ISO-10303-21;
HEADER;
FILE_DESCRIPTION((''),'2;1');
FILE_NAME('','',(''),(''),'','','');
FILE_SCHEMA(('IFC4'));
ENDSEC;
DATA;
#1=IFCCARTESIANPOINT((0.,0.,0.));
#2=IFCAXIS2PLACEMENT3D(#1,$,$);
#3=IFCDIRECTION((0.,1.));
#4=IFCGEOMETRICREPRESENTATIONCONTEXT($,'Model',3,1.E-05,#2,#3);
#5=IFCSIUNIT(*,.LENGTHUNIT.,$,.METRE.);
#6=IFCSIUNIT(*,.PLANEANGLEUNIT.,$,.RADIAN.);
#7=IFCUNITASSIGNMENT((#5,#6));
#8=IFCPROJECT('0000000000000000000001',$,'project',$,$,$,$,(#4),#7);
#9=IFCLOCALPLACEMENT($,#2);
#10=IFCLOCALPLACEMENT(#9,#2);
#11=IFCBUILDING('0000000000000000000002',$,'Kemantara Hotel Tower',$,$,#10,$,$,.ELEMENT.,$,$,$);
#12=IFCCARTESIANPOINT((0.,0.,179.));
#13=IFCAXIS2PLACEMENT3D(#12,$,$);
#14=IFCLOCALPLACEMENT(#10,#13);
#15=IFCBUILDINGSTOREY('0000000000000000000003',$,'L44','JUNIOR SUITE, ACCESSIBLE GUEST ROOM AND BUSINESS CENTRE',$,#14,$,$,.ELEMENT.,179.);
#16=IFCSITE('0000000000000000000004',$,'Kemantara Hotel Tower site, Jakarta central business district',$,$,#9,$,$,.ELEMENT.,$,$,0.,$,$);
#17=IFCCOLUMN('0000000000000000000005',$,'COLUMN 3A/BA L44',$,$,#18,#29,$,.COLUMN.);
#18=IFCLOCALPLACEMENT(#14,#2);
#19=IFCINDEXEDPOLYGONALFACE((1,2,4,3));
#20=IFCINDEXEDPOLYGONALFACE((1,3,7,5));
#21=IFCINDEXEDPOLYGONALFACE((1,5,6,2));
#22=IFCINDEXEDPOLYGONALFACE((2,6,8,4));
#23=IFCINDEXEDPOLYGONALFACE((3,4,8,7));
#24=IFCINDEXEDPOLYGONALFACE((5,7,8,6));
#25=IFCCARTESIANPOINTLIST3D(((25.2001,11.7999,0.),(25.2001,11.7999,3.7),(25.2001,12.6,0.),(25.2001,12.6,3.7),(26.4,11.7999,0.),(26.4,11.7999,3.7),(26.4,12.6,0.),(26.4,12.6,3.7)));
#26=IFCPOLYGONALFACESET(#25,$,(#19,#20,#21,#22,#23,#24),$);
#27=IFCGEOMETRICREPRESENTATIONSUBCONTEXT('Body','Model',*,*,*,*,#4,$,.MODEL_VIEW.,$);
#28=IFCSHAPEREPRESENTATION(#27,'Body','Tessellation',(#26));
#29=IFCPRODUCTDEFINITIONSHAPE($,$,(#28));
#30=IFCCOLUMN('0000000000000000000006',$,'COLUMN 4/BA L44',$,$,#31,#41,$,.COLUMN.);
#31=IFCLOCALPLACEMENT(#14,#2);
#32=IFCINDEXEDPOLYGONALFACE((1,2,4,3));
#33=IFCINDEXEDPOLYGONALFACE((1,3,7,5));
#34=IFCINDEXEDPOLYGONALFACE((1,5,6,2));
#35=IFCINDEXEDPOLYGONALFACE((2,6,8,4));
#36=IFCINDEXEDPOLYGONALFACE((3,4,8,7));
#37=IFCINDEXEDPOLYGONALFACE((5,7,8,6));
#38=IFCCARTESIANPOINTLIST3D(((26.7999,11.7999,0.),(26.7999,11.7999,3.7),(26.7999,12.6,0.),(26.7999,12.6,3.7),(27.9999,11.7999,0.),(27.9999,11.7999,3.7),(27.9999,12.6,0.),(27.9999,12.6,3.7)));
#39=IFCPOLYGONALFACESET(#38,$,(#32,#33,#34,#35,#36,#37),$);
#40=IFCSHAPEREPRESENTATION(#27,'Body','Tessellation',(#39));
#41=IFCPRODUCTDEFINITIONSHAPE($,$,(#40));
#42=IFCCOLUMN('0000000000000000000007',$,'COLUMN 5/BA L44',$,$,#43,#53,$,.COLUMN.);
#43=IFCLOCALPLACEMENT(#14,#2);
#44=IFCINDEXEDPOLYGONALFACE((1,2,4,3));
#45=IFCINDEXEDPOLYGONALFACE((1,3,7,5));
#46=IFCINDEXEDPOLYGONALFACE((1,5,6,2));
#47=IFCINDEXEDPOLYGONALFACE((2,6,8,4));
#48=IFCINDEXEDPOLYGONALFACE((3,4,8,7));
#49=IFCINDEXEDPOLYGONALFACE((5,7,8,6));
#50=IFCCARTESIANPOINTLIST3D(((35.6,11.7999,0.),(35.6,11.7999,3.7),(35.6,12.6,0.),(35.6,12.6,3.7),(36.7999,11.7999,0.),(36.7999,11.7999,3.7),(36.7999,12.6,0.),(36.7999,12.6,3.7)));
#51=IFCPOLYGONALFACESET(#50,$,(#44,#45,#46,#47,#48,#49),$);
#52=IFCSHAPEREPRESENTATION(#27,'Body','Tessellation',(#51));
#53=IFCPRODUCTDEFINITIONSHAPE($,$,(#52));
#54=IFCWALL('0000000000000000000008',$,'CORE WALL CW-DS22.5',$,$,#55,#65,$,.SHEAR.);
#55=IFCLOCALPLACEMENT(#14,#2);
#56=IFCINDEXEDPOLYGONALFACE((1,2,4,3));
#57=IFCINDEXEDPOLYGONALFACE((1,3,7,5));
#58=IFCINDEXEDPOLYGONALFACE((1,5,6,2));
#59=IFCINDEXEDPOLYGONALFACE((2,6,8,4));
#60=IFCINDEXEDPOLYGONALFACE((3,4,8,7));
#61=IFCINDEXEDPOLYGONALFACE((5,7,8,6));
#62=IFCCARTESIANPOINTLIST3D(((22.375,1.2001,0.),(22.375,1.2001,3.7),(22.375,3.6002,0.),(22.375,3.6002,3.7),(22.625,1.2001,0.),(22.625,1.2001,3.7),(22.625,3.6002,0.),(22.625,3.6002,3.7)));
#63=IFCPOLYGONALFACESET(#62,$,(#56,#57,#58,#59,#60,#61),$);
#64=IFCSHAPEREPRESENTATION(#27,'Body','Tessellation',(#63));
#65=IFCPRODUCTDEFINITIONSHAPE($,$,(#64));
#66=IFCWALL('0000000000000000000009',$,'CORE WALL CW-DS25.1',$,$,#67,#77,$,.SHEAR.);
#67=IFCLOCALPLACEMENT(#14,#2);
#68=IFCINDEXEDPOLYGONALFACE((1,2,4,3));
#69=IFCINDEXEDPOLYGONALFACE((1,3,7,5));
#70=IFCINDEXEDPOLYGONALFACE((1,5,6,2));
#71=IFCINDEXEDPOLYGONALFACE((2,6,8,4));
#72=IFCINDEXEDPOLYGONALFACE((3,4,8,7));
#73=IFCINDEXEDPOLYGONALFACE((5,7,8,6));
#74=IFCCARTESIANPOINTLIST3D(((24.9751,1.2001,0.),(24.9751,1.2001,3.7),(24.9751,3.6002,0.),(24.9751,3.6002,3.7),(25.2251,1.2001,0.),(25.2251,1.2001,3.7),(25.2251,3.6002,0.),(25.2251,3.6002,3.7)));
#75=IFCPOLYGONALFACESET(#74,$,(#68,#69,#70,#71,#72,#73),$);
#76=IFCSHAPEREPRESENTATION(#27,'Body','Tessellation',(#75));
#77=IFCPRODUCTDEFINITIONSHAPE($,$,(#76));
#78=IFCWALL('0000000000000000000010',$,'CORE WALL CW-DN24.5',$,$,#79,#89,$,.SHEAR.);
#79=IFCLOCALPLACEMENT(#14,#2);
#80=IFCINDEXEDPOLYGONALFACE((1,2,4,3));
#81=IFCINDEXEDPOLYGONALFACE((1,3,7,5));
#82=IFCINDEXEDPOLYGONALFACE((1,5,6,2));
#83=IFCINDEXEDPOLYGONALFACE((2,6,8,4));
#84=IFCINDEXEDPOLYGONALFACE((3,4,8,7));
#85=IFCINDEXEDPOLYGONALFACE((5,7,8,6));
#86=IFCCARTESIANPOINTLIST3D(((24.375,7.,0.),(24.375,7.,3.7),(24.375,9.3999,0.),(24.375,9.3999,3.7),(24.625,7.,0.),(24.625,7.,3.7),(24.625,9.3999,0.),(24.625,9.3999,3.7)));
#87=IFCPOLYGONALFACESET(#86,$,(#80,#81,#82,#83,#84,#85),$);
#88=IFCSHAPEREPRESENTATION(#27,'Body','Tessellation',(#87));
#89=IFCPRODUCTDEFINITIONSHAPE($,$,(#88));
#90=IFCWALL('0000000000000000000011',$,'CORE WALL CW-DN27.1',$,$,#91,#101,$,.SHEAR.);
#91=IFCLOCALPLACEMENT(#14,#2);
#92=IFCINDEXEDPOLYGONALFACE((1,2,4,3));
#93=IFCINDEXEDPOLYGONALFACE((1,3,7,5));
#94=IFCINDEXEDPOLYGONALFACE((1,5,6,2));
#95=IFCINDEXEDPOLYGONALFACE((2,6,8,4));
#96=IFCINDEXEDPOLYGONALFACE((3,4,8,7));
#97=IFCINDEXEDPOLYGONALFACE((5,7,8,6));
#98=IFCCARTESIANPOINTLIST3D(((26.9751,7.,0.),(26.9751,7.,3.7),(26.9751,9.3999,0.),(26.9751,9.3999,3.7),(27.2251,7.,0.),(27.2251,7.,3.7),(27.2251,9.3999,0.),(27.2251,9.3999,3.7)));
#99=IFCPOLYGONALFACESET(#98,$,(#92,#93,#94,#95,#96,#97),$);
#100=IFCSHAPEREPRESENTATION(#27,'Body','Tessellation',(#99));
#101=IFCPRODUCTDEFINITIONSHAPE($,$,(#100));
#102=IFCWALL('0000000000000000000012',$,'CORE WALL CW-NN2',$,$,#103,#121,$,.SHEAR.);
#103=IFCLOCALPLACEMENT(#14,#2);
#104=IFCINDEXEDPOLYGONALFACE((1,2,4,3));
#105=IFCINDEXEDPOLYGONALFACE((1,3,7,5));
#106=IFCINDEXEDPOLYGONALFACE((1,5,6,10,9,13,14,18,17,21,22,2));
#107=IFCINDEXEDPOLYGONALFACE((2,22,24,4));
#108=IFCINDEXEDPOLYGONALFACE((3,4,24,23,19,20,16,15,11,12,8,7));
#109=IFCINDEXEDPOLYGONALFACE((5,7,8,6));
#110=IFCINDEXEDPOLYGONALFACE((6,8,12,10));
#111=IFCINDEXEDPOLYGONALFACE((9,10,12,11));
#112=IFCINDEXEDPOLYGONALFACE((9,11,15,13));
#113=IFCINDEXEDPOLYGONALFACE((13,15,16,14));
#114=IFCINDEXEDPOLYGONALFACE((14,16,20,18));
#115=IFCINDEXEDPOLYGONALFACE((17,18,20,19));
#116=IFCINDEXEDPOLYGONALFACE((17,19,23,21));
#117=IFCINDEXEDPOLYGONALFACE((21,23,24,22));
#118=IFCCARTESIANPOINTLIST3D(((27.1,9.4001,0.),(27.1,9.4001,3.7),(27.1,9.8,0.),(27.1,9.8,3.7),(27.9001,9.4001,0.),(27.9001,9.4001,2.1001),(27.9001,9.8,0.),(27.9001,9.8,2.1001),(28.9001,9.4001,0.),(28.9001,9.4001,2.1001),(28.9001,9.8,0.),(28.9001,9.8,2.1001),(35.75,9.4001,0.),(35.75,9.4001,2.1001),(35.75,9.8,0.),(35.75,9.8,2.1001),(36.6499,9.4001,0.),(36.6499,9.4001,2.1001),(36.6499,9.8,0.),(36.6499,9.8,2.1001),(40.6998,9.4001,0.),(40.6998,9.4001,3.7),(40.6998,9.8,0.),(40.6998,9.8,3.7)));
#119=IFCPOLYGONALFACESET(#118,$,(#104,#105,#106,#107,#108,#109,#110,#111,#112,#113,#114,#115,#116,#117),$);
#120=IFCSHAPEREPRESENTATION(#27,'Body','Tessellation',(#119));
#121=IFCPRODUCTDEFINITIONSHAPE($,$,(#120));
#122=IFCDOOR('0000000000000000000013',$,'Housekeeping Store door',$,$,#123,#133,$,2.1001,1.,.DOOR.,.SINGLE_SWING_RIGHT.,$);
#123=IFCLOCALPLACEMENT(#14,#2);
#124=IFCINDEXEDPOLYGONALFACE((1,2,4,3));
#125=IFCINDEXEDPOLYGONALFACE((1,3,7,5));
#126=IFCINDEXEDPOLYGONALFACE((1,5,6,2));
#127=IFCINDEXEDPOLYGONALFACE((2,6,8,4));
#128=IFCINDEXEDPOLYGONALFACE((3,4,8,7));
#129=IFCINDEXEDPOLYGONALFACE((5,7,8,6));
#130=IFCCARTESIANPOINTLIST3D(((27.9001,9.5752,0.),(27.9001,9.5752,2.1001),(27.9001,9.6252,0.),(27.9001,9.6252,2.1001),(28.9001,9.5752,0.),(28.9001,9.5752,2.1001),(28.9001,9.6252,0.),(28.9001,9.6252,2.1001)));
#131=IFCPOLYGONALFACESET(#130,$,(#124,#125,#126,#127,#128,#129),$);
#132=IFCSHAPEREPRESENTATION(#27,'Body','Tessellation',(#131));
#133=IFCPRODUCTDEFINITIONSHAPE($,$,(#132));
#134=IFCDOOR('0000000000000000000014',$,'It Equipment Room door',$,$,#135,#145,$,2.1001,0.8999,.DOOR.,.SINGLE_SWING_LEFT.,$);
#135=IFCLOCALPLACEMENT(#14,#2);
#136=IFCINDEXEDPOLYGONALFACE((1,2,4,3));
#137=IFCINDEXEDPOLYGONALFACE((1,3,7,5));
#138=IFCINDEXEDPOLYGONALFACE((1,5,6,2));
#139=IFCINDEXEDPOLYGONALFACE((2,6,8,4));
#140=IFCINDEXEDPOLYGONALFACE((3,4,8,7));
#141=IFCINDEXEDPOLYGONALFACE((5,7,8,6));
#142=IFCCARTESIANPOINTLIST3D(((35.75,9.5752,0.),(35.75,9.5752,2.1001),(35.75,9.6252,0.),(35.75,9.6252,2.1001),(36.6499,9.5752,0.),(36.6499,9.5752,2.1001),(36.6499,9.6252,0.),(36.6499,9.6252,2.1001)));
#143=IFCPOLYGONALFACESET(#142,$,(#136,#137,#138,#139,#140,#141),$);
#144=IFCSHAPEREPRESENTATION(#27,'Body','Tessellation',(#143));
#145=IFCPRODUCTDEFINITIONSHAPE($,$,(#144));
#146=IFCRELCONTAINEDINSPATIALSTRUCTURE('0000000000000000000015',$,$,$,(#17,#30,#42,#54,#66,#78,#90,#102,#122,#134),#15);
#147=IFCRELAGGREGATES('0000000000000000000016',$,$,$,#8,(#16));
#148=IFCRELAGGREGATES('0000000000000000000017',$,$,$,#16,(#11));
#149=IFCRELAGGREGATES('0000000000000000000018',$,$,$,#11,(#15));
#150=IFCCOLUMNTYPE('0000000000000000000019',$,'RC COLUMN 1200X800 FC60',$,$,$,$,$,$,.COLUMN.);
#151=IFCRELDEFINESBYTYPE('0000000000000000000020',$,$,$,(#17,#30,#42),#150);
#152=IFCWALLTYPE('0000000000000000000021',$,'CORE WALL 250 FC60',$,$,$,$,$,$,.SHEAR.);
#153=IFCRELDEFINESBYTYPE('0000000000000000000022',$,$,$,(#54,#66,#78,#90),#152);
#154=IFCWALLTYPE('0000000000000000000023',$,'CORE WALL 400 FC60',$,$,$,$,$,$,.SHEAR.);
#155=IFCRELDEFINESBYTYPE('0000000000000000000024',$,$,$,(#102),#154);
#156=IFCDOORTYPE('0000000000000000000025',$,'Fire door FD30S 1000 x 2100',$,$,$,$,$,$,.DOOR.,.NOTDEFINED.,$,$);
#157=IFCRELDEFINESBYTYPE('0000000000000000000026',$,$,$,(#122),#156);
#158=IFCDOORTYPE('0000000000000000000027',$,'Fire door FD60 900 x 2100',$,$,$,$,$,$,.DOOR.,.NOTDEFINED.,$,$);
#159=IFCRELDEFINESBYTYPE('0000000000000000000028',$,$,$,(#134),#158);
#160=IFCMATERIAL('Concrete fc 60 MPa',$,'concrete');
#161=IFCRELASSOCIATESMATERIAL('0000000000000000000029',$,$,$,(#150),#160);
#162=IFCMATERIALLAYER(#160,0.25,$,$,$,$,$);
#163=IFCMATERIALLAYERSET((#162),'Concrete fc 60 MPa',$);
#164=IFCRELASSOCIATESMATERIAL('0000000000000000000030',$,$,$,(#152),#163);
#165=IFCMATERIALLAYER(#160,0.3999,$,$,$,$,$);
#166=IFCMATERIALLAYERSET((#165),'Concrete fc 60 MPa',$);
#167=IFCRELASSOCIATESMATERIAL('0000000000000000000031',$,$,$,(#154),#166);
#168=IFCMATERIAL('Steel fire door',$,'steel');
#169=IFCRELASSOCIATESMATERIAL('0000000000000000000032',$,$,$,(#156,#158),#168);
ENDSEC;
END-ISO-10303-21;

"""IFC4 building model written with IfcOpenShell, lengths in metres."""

from ifc_helpers import new_model, si_unit, direction, frame, frame_2d, origin, origin_2d, place, context, subcontext, project, spatial, rectangle, extrude, material, layer, layer_set, material_profile, profile_set, type_object, element, fill, save


model = new_model("IFC4")

# Units and contexts
model_context = context("Model", 3, precision=1e-05, world=origin(), true_north=direction((0.0, 1.0)))
body_context = subcontext(model_context, "Body", "Model", "MODEL_VIEW")
ifc_project = project(units=[si_unit("LENGTHUNIT", "METRE"), si_unit("PLANEANGLEUNIT", "RADIAN")], contexts=[model_context])

# Site, building, storey
site_placement = place(None, origin())
site = spatial("IfcSite", under=ifc_project, at=site_placement, Name="Kemantara Hotel Tower site, Jakarta central business district", CompositionType="ELEMENT", RefElevation=0.0)
building_placement = place(site_placement, origin())
building = spatial("IfcBuilding", under=site, at=building_placement, Name="Kemantara Hotel Tower", CompositionType="ELEMENT")
storey_placement = place(building_placement, frame((0.0, 0.0, 179.0)))
storey = spatial("IfcBuildingStorey", under=building, at=storey_placement, Name="L44", Description="JUNIOR SUITE, ACCESSIBLE GUEST ROOM AND BUSINESS CENTRE", CompositionType="ELEMENT", Elevation=179.0)

# Columns
ifc_material_1 = material(Name="Concrete fc 60 MPa", Category="concrete")
ifc_material_profile = material_profile(ifc_material_1, rectangle(XDim=1.2, YDim=0.8, at=origin_2d()), Name="RC 1200X800")
ifc_profile_set = profile_set([ifc_material_profile], Name="Concrete fc 60 MPa")
column_type = type_object("IfcColumnType", Name="RC COLUMN 1200X800 FC60", PredefinedType="COLUMN", material=ifc_profile_set)
for number, where, z_axis, x_axis, name in (
    (1, (25.8, 12.2, 0.0), (0.0, 0.0, 1.0), (1.0, 0.0, 0.0), "COLUMN 3A/BA L44"),
    (2, (27.3999, 12.2, 0.0), (0.0, 0.0, 1.0), (1.0, 0.0, 0.0), "COLUMN 4/BA L44"),
    (3, (36.2, 12.2, 0.0), (0.0, 0.0, 1.0), (1.0, 0.0, 0.0), "COLUMN 5/BA L44"),
):
    element("IfcColumn", number, at=place(storey_placement, frame(where, z_axis=z_axis, x_axis=x_axis)), inside=storey, type_object=column_type, Name=name, PredefinedType="COLUMN", context=body_context, shape_type="SweptSolid", body=[
        extrude(rectangle(XDim=1.2, YDim=0.8, at=origin_2d()), origin(), (0.0, 0.0, 1.0), 3.7),
    ])

# Walls
ifc_layer_1 = layer(ifc_material_1, 0.25)
ifc_layer_set_1 = layer_set([ifc_layer_1], Name="Concrete fc 60 MPa")
wall_type_1 = type_object("IfcWallType", Name="CORE WALL 250 FC60", PredefinedType="SHEAR", material=ifc_layer_set_1)
for number, where, z_axis, x_axis, name in (
    (4, (22.5, 1.2, 0.0), (0.0, 0.0, 1.0), (0.0, 1.0, 0.0), "CORE WALL CW-DS22.5"),
    (5, (25.1001, 1.2, 0.0), (0.0, 0.0, 1.0), (0.0, 1.0, 0.0), "CORE WALL CW-DS25.1"),
):
    element("IfcWall", number, at=place(storey_placement, frame(where, z_axis=z_axis, x_axis=x_axis)), inside=storey, type_object=wall_type_1, Name=name, PredefinedType="SHEAR", context=body_context, shape_type="SweptSolid", body=[
        extrude(rectangle(XDim=2.4001, YDim=0.25, at=frame_2d((1.2002, 0.0))), origin(), (0.0, 0.0, 1.0), 3.7),
    ])
for number, where, z_axis, x_axis, name in (
    (6, (24.5, 7.0, 0.0), (0.0, 0.0, 1.0), (0.0, 1.0, 0.0), "CORE WALL CW-DN24.5"),
    (7, (27.1001, 7.0, 0.0), (0.0, 0.0, 1.0), (0.0, 1.0, 0.0), "CORE WALL CW-DN27.1"),
):
    element("IfcWall", number, at=place(storey_placement, frame(where, z_axis=z_axis, x_axis=x_axis)), inside=storey, type_object=wall_type_1, Name=name, PredefinedType="SHEAR", context=body_context, shape_type="SweptSolid", body=[
        extrude(rectangle(XDim=2.3999, YDim=0.25, at=frame_2d((1.2, 0.0))), origin(), (0.0, 0.0, 1.0), 3.7),
    ])

# Wall, openings, doors
ifc_layer_2 = layer(ifc_material_1, 0.3999)
ifc_layer_set_2 = layer_set([ifc_layer_2], Name="Concrete fc 60 MPa")
wall_type_2 = type_object("IfcWallType", Name="CORE WALL 400 FC60", PredefinedType="SHEAR", material=ifc_layer_set_2)
wall_1_placement = place(storey_placement, frame((27.1001, 9.6001, 0.0), z_axis=(0.0, 0.0, 1.0), x_axis=(1.0, 0.0, 0.0)))
wall_1 = element("IfcWall", 8, at=wall_1_placement, inside=storey, type_object=wall_type_2, Name="CORE WALL CW-NN2", PredefinedType="SHEAR", context=body_context, shape_type="SweptSolid", body=[
    extrude(rectangle(XDim=13.5999, YDim=0.3999, at=frame_2d((6.7998, 0.0))), origin(), (0.0, 0.0, 1.0), 3.7),
])
opening_1_placement = place(wall_1_placement, frame((0.8, 0.0, 0.0)))
opening_1 = element("IfcOpeningElement", 9, at=opening_1_placement, cuts=wall_1, PredefinedType="OPENING", context=body_context, shape_type="SweptSolid", body=[
    extrude(rectangle(XDim=1.0, YDim=2.1001, at=frame_2d((0.5, 1.05))), frame((0.0, 0.21, 0.0), z_axis=(0.0, -1.0, 0.0), x_axis=(1.0, 0.0, 0.0)), (0.0, 0.0, 1.0), 0.4199),
])
opening_2_placement = place(wall_1_placement, frame((8.6499, 0.0, 0.0)))
opening_2 = element("IfcOpeningElement", 10, at=opening_2_placement, cuts=wall_1, PredefinedType="OPENING", context=body_context, shape_type="SweptSolid", body=[
    extrude(rectangle(XDim=0.8999, YDim=2.1001, at=frame_2d((0.45, 1.05))), frame((0.0, 0.21, 0.0), z_axis=(0.0, -1.0, 0.0), x_axis=(1.0, 0.0, 0.0)), (0.0, 0.0, 1.0), 0.4199),
])
ifc_material_2 = material(Name="Steel fire door", Category="steel")
door_type_1 = type_object("IfcDoorType", Name="Fire door FD30S 1000 x 2100", OperationType="NOTDEFINED", PredefinedType="DOOR", material=ifc_material_2)
door_1_placement = place(opening_1_placement, frame((1.0, 0.0, 0.0), z_axis=(0.0, 0.0, 1.0), x_axis=(-1.0, 0.0, 0.0)))
door_1 = element("IfcDoor", 11, at=door_1_placement, inside=storey, type_object=door_type_1, Name="Housekeeping Store door", OperationType="SINGLE_SWING_RIGHT", OverallHeight=2.1001, OverallWidth=1.0, PredefinedType="DOOR", context=body_context, shape_type="SweptSolid", body=[
    extrude(rectangle(XDim=1.0, YDim=2.1001, at=frame_2d((0.5, 1.05))), frame((0.0, 0.0249, 0.0), z_axis=(0.0, -1.0, 0.0), x_axis=(1.0, 0.0, 0.0)), (0.0, 0.0, 1.0), 0.05),
])
fill(opening_1, door_1)
door_type_2 = type_object("IfcDoorType", Name="Fire door FD60 900 x 2100", OperationType="NOTDEFINED", PredefinedType="DOOR", material=ifc_material_2)
door_2_placement = place(opening_2_placement, frame((0.8999, 0.0, 0.0), z_axis=(0.0, 0.0, 1.0), x_axis=(-1.0, 0.0, 0.0)))
door_2 = element("IfcDoor", 12, at=door_2_placement, inside=storey, type_object=door_type_2, Name="It Equipment Room door", OperationType="SINGLE_SWING_LEFT", OverallHeight=2.1001, OverallWidth=0.8999, PredefinedType="DOOR", context=body_context, shape_type="SweptSolid", body=[
    extrude(rectangle(XDim=0.8999, YDim=2.1001, at=frame_2d((0.45, 1.05))), frame((0.0, 0.0249, 0.0), z_axis=(0.0, -1.0, 0.0), x_axis=(1.0, 0.0, 0.0)), (0.0, 0.0, 1.0), 0.05),
])
fill(opening_2, door_2)

save(model, "model.ifc")
